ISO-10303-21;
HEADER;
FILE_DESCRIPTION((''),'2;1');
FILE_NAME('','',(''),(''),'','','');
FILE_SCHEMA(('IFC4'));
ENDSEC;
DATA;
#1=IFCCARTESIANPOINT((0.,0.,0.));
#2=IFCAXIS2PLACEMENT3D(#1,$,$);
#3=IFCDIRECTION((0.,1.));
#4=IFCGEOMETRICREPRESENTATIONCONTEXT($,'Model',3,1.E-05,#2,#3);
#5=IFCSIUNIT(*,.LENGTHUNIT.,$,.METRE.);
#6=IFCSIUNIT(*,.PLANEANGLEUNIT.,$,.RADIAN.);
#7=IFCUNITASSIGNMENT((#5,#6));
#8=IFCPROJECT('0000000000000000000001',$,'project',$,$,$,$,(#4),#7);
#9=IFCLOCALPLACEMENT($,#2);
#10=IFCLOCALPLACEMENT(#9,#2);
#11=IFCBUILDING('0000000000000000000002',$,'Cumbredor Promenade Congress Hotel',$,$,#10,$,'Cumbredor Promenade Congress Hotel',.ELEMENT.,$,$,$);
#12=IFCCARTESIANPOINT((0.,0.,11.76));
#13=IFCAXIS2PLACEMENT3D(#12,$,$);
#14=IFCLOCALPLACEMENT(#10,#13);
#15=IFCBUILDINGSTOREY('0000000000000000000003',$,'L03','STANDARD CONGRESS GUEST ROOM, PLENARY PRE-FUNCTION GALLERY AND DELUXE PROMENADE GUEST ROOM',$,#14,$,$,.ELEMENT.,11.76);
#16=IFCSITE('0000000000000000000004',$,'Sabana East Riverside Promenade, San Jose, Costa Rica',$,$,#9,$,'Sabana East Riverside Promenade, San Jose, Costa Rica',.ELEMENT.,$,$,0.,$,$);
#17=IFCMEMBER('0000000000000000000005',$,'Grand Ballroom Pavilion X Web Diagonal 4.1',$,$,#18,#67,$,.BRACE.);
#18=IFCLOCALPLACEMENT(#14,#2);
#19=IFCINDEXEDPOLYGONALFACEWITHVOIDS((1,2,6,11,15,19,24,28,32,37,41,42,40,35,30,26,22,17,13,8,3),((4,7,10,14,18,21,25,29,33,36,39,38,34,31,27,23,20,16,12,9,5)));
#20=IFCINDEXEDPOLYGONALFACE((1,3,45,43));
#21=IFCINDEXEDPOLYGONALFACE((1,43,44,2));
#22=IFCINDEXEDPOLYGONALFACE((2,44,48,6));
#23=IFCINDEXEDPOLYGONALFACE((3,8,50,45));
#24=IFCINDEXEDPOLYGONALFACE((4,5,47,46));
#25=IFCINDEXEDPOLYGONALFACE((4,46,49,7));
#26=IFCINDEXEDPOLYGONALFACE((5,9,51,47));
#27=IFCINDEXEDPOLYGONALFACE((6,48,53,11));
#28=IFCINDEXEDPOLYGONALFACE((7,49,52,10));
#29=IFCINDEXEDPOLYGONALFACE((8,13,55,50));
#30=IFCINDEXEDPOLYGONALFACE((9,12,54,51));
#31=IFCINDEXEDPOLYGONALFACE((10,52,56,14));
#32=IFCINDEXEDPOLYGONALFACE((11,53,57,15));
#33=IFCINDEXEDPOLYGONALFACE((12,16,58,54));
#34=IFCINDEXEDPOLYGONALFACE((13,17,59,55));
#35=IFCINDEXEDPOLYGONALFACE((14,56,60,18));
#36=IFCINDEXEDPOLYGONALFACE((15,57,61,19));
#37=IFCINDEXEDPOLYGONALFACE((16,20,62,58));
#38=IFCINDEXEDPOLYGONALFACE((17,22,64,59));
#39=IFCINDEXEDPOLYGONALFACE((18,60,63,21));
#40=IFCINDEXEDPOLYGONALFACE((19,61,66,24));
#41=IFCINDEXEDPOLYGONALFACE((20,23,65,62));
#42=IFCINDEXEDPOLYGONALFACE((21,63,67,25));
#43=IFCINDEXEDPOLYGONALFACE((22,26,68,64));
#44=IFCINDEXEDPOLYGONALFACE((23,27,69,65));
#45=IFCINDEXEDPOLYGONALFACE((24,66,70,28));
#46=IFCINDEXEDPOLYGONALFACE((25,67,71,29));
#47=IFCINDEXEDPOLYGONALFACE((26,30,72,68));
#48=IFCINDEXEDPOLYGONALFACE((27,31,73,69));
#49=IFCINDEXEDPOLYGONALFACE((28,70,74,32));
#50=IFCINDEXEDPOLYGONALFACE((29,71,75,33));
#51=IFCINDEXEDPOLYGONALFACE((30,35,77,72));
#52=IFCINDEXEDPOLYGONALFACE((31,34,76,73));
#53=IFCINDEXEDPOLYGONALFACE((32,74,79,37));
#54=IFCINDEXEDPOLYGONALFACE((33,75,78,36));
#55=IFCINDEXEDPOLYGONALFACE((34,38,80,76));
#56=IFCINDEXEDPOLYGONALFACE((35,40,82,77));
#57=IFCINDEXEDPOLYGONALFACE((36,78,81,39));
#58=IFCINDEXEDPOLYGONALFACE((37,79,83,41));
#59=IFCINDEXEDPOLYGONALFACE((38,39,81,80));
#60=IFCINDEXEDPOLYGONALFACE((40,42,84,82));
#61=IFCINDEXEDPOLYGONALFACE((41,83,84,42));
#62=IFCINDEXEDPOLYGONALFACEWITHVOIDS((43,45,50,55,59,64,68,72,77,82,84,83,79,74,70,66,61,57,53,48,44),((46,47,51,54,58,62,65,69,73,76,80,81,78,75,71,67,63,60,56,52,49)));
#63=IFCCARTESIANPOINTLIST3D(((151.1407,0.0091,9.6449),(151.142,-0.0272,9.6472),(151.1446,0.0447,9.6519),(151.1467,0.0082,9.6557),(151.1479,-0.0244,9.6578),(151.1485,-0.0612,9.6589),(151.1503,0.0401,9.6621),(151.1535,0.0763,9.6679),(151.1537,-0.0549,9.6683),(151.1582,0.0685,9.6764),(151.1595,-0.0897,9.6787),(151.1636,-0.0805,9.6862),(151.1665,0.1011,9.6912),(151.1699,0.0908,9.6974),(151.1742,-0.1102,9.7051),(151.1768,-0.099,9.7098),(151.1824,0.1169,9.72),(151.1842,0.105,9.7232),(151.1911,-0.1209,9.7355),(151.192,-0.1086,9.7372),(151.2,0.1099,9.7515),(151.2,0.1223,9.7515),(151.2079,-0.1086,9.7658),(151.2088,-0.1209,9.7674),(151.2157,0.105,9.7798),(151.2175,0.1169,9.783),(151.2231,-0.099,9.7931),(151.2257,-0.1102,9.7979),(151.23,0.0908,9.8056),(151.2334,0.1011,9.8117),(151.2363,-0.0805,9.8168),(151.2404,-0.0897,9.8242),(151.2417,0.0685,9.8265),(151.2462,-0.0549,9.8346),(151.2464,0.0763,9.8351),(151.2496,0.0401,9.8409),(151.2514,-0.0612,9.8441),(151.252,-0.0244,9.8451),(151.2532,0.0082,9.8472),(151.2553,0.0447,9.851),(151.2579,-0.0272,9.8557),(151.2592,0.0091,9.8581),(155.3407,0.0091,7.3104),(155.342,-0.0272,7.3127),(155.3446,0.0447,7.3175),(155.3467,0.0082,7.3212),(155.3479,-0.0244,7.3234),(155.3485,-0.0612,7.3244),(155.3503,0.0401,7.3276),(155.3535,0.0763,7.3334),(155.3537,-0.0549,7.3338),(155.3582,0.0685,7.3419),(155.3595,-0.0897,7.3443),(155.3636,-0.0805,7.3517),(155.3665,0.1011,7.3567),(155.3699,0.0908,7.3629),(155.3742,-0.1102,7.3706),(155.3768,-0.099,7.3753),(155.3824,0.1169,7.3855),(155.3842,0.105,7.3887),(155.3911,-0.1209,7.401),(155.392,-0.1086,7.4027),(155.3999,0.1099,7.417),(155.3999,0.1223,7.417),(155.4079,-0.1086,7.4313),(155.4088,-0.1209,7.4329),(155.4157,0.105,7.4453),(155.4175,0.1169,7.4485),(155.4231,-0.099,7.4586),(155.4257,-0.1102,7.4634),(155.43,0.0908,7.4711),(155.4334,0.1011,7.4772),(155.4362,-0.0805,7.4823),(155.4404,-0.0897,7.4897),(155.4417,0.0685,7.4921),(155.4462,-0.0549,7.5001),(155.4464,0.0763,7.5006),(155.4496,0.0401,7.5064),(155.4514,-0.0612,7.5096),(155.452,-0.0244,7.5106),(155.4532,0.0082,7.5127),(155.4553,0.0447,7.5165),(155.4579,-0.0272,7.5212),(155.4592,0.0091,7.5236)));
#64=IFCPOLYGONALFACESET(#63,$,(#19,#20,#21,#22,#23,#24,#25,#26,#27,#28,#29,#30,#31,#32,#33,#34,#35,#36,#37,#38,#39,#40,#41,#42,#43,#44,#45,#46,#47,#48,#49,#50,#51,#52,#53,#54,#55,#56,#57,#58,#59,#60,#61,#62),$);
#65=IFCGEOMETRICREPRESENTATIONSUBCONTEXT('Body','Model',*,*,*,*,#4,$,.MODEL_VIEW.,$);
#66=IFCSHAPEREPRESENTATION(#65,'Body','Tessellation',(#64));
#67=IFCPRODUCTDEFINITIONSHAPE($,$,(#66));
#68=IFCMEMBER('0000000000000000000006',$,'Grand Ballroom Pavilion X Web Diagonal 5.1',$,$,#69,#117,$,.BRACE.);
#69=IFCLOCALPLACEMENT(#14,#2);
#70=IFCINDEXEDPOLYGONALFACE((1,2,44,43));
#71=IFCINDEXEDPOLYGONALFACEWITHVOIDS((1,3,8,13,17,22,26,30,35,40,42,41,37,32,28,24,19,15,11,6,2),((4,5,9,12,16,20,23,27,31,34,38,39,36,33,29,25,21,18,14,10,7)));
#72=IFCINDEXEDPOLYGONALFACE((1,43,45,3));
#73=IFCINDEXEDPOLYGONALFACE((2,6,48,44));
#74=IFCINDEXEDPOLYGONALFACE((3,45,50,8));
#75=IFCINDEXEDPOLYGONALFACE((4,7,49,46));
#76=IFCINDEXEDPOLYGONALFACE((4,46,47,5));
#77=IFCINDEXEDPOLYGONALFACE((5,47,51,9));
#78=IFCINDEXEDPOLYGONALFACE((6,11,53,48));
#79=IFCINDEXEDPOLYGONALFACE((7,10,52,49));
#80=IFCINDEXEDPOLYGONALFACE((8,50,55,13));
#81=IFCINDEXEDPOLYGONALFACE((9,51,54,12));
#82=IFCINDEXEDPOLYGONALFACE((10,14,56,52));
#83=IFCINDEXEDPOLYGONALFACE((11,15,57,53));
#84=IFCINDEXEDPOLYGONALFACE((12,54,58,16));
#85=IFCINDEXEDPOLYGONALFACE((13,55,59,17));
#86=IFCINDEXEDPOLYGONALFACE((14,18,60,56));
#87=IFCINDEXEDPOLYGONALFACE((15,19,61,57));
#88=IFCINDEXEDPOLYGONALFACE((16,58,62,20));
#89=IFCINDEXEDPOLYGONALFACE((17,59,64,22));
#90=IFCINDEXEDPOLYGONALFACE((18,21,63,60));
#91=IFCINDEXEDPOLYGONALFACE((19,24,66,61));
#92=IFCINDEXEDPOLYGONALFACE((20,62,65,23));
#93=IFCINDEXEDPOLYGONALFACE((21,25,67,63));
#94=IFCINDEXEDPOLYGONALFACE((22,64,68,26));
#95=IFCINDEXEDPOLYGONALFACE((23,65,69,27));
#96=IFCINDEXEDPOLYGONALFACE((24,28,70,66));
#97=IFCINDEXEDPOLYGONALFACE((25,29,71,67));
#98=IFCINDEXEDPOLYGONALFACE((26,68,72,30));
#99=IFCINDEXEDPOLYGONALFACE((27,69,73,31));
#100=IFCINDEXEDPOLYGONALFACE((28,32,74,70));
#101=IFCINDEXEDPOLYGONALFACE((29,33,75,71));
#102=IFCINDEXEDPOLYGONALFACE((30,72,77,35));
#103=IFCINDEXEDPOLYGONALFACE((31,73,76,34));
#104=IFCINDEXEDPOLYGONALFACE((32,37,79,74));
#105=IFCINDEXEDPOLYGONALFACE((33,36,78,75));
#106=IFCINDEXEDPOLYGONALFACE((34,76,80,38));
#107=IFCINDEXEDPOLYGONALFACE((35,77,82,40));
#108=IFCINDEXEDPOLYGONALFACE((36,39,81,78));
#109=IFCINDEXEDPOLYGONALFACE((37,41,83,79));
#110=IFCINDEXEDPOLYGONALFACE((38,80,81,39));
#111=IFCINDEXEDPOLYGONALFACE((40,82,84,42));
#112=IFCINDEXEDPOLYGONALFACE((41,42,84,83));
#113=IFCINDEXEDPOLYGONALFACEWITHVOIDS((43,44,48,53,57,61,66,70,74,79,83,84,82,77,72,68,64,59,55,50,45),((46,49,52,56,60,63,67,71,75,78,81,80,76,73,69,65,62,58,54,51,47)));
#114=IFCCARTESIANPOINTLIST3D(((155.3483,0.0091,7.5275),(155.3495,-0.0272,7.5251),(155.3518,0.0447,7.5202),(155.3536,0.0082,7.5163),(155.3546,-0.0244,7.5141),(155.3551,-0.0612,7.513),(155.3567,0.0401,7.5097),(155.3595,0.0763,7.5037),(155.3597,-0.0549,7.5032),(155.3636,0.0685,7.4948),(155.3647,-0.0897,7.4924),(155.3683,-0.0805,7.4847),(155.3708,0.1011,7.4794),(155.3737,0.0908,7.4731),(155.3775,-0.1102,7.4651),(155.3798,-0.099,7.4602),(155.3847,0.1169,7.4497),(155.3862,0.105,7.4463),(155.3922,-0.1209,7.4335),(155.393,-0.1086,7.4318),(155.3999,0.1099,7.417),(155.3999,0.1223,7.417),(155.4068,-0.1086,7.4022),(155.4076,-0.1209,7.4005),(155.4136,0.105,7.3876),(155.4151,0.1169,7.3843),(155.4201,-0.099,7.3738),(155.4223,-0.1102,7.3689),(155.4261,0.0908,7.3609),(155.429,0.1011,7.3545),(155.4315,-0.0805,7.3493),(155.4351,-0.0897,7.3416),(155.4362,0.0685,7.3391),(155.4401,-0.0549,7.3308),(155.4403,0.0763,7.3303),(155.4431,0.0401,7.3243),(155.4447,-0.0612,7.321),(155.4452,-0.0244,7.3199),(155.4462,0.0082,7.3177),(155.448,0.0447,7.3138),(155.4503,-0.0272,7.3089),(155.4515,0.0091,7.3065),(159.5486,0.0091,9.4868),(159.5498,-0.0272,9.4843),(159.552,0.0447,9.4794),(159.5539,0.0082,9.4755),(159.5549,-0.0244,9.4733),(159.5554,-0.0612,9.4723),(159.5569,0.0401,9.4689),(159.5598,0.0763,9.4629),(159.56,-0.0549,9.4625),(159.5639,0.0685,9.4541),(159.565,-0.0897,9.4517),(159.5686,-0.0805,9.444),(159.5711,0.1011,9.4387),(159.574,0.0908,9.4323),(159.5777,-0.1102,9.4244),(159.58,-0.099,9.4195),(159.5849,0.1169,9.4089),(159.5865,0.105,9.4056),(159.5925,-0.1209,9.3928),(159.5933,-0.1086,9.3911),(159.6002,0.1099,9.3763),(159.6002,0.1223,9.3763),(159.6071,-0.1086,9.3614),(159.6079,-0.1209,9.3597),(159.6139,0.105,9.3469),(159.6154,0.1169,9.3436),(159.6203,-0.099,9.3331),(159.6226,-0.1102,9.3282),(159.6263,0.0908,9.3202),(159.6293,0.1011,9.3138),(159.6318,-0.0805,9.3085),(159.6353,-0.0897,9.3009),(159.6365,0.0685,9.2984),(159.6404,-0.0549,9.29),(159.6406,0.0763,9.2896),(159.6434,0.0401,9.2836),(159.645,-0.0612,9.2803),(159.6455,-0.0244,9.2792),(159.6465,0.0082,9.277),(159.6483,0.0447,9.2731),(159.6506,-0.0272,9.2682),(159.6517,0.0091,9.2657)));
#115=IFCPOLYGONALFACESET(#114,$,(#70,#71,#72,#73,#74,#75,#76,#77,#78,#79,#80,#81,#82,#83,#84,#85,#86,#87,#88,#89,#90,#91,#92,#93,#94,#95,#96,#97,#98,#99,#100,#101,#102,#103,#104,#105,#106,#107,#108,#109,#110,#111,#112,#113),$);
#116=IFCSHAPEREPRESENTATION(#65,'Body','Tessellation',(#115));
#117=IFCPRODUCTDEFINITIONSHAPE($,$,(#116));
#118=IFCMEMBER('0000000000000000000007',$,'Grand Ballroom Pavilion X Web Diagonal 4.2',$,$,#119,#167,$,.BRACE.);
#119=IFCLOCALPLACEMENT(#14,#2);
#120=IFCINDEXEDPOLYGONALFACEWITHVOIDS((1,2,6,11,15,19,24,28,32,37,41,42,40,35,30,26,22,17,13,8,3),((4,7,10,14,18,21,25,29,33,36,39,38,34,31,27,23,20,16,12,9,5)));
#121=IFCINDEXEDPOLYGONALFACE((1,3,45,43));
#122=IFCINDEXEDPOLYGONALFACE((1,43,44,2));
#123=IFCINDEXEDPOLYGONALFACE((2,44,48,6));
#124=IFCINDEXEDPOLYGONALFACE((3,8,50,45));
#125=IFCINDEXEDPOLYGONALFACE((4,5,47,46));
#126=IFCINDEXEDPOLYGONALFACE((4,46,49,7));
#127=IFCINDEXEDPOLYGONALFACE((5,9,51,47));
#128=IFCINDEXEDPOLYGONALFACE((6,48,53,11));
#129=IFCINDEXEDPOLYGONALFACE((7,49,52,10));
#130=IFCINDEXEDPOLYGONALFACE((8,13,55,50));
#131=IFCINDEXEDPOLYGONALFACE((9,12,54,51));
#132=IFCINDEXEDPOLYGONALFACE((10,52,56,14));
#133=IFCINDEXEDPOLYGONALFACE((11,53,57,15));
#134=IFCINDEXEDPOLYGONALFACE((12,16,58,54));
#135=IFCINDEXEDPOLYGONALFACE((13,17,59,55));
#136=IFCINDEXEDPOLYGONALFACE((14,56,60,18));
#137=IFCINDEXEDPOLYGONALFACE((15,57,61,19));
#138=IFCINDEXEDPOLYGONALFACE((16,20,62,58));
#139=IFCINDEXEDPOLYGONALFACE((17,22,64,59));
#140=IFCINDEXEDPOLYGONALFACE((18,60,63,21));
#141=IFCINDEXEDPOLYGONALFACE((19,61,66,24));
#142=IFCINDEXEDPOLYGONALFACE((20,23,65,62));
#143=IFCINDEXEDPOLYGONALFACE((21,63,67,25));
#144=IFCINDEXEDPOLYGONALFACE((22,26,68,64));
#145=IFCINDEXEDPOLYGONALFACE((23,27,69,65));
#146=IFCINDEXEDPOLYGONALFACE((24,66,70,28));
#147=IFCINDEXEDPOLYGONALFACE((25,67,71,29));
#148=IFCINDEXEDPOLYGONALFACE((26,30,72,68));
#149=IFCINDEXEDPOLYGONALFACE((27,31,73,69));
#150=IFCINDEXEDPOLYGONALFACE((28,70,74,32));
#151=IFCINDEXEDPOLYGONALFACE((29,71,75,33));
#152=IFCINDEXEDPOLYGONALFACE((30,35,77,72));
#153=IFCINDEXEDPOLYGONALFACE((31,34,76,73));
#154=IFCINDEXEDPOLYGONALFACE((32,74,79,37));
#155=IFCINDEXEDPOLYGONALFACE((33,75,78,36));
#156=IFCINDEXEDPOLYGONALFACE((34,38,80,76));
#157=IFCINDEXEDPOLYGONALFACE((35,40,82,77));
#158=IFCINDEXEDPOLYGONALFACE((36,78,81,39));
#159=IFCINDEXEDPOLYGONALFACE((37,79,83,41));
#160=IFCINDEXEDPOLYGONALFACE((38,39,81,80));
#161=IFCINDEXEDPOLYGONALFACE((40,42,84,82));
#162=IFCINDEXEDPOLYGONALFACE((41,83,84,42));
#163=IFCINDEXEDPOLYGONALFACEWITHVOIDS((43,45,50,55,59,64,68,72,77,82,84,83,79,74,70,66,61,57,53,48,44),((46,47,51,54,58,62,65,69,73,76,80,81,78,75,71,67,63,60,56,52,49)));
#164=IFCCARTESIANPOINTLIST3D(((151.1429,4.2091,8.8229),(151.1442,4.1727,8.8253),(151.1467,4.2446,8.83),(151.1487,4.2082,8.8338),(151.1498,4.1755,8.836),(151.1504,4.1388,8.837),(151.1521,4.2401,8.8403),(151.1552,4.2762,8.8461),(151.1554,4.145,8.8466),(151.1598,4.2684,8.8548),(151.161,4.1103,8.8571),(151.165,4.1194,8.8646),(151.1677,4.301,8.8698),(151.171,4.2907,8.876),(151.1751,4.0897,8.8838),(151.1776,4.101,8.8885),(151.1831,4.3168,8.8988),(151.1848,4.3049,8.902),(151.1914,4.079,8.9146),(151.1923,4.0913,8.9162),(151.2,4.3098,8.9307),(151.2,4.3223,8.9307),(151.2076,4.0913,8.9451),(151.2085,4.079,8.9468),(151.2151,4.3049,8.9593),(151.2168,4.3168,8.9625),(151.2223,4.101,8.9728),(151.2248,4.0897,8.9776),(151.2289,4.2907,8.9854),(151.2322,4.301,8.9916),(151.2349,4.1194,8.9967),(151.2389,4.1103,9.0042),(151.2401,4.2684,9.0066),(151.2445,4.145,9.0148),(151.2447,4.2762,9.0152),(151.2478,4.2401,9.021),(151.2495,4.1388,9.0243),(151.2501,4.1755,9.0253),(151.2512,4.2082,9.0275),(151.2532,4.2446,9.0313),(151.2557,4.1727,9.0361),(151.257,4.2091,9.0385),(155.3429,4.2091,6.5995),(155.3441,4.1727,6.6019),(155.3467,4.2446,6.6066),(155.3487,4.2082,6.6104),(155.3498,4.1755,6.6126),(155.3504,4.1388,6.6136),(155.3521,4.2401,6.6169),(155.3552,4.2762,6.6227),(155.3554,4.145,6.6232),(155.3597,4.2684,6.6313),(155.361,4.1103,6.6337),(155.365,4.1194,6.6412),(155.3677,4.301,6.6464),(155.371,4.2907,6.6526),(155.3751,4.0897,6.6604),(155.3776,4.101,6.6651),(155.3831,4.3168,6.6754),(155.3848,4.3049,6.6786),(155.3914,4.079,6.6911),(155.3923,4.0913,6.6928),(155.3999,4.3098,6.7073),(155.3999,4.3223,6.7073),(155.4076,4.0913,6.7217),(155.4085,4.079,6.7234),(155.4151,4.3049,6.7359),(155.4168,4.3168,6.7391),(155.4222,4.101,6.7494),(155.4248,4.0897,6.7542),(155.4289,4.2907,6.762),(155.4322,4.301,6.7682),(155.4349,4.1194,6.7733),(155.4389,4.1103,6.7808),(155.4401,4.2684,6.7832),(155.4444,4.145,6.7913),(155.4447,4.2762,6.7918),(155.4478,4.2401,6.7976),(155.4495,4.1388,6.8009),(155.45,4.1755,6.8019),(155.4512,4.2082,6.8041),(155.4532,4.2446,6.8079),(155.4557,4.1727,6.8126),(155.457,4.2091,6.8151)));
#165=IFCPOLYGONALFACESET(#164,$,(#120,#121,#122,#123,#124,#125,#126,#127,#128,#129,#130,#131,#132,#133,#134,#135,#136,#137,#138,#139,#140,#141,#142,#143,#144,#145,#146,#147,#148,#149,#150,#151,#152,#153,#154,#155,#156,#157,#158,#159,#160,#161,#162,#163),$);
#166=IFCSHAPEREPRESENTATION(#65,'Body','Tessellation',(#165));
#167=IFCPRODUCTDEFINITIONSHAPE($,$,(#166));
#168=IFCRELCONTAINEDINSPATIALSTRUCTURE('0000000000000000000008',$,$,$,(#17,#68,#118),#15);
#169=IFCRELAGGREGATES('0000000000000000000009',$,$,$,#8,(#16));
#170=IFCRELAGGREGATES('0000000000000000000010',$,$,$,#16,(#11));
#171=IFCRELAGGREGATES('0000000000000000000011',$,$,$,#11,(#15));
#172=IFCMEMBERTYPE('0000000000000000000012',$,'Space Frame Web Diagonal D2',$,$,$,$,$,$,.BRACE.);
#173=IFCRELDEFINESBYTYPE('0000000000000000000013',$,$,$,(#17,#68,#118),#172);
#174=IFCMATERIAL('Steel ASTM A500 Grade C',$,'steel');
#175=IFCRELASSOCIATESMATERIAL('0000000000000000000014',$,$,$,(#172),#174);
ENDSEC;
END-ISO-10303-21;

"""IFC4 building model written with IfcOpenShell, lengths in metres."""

from ifc_helpers import new_model, si_unit, direction, frame, origin, origin_2d, place, context, subcontext, project, spatial, hollow_circle, extrude, material, material_profile, profile_set, type_object, element, save


model = new_model("IFC4")

# Units and contexts
model_context = context("Model", 3, precision=1e-05, world=origin(), true_north=direction((0.0, 1.0)))
body_context = subcontext(model_context, "Body", "Model", "MODEL_VIEW")
ifc_project = project(units=[si_unit("LENGTHUNIT", "METRE"), si_unit("PLANEANGLEUNIT", "RADIAN")], contexts=[model_context])

# Site, building, storey
site_placement = place(None, origin())
site = spatial("IfcSite", under=ifc_project, at=site_placement, Name="Sabana East Riverside Promenade, San Jose, Costa Rica", LongName="Sabana East Riverside Promenade, San Jose, Costa Rica", CompositionType="ELEMENT", RefElevation=0.0)
building_placement = place(site_placement, origin())
building = spatial("IfcBuilding", under=site, at=building_placement, Name="Cumbredor Promenade Congress Hotel", LongName="Cumbredor Promenade Congress Hotel", CompositionType="ELEMENT")
storey_placement = place(building_placement, frame((0.0, 0.0, 11.76)))
storey = spatial("IfcBuildingStorey", under=building, at=storey_placement, Name="L03", Description="STANDARD CONGRESS GUEST ROOM, PLENARY PRE-FUNCTION GALLERY AND DELUXE PROMENADE GUEST ROOM", CompositionType="ELEMENT", Elevation=11.76)

# Members
ifc_material_1 = material(Name="Steel ASTM A500 Grade C", Category="steel")
ifc_material_profile_1 = material_profile(ifc_material_1, hollow_circle(Radius=0.1223, WallThickness=0.0125, at=origin_2d()), Name="CHS 244.5x12.5")
ifc_profile_set_1 = profile_set([ifc_material_profile_1], Name="Steel ASTM A500 Grade C")
member_type_1 = type_object("IfcMemberType", Name="Space Frame Web Diagonal D2", PredefinedType="BRACE", material=ifc_profile_set_1)
member_1_placement = place(storey_placement, frame((151.2, 0.0, 9.7515), z_axis=(0.874054, 0.0, -0.485828), x_axis=(0.0, 1.0, 0.0)))
element("IfcMember", 1, at=member_1_placement, inside=storey, type_object=member_type_1, Name="Grand Ballroom Pavilion X Web Diagonal 4.1", PredefinedType="BRACE", context=body_context, shape_type="SweptSolid", body=[
    extrude(hollow_circle(Radius=0.1223, WallThickness=0.0125, at=origin_2d()), origin(), (0.0, 0.0, 1.0), 4.8052),
])
member_2_placement = place(storey_placement, frame((155.3999, 0.0, 7.417), z_axis=(0.906254, 0.0, 0.422733), x_axis=(0.0, 1.0, 0.0)))
element("IfcMember", 2, at=member_2_placement, inside=storey, type_object=member_type_1, Name="Grand Ballroom Pavilion X Web Diagonal 5.1", PredefinedType="BRACE", context=body_context, shape_type="SweptSolid", body=[
    extrude(hollow_circle(Radius=0.1223, WallThickness=0.0125, at=origin_2d()), origin(), (0.0, 0.0, 1.0), 4.6348),
])
member_3_placement = place(storey_placement, frame((151.2, 4.2, 8.9307), z_axis=(0.883798, 0.0, -0.467869), x_axis=(0.0, 1.0, 0.0)))
element("IfcMember", 3, at=member_3_placement, inside=storey, type_object=member_type_1, Name="Grand Ballroom Pavilion X Web Diagonal 4.2", PredefinedType="BRACE", context=body_context, shape_type="SweptSolid", body=[
    extrude(hollow_circle(Radius=0.1223, WallThickness=0.0125, at=origin_2d()), origin(), (0.0, 0.0, 1.0), 4.7522),
])

save(model, "model.ifc")
